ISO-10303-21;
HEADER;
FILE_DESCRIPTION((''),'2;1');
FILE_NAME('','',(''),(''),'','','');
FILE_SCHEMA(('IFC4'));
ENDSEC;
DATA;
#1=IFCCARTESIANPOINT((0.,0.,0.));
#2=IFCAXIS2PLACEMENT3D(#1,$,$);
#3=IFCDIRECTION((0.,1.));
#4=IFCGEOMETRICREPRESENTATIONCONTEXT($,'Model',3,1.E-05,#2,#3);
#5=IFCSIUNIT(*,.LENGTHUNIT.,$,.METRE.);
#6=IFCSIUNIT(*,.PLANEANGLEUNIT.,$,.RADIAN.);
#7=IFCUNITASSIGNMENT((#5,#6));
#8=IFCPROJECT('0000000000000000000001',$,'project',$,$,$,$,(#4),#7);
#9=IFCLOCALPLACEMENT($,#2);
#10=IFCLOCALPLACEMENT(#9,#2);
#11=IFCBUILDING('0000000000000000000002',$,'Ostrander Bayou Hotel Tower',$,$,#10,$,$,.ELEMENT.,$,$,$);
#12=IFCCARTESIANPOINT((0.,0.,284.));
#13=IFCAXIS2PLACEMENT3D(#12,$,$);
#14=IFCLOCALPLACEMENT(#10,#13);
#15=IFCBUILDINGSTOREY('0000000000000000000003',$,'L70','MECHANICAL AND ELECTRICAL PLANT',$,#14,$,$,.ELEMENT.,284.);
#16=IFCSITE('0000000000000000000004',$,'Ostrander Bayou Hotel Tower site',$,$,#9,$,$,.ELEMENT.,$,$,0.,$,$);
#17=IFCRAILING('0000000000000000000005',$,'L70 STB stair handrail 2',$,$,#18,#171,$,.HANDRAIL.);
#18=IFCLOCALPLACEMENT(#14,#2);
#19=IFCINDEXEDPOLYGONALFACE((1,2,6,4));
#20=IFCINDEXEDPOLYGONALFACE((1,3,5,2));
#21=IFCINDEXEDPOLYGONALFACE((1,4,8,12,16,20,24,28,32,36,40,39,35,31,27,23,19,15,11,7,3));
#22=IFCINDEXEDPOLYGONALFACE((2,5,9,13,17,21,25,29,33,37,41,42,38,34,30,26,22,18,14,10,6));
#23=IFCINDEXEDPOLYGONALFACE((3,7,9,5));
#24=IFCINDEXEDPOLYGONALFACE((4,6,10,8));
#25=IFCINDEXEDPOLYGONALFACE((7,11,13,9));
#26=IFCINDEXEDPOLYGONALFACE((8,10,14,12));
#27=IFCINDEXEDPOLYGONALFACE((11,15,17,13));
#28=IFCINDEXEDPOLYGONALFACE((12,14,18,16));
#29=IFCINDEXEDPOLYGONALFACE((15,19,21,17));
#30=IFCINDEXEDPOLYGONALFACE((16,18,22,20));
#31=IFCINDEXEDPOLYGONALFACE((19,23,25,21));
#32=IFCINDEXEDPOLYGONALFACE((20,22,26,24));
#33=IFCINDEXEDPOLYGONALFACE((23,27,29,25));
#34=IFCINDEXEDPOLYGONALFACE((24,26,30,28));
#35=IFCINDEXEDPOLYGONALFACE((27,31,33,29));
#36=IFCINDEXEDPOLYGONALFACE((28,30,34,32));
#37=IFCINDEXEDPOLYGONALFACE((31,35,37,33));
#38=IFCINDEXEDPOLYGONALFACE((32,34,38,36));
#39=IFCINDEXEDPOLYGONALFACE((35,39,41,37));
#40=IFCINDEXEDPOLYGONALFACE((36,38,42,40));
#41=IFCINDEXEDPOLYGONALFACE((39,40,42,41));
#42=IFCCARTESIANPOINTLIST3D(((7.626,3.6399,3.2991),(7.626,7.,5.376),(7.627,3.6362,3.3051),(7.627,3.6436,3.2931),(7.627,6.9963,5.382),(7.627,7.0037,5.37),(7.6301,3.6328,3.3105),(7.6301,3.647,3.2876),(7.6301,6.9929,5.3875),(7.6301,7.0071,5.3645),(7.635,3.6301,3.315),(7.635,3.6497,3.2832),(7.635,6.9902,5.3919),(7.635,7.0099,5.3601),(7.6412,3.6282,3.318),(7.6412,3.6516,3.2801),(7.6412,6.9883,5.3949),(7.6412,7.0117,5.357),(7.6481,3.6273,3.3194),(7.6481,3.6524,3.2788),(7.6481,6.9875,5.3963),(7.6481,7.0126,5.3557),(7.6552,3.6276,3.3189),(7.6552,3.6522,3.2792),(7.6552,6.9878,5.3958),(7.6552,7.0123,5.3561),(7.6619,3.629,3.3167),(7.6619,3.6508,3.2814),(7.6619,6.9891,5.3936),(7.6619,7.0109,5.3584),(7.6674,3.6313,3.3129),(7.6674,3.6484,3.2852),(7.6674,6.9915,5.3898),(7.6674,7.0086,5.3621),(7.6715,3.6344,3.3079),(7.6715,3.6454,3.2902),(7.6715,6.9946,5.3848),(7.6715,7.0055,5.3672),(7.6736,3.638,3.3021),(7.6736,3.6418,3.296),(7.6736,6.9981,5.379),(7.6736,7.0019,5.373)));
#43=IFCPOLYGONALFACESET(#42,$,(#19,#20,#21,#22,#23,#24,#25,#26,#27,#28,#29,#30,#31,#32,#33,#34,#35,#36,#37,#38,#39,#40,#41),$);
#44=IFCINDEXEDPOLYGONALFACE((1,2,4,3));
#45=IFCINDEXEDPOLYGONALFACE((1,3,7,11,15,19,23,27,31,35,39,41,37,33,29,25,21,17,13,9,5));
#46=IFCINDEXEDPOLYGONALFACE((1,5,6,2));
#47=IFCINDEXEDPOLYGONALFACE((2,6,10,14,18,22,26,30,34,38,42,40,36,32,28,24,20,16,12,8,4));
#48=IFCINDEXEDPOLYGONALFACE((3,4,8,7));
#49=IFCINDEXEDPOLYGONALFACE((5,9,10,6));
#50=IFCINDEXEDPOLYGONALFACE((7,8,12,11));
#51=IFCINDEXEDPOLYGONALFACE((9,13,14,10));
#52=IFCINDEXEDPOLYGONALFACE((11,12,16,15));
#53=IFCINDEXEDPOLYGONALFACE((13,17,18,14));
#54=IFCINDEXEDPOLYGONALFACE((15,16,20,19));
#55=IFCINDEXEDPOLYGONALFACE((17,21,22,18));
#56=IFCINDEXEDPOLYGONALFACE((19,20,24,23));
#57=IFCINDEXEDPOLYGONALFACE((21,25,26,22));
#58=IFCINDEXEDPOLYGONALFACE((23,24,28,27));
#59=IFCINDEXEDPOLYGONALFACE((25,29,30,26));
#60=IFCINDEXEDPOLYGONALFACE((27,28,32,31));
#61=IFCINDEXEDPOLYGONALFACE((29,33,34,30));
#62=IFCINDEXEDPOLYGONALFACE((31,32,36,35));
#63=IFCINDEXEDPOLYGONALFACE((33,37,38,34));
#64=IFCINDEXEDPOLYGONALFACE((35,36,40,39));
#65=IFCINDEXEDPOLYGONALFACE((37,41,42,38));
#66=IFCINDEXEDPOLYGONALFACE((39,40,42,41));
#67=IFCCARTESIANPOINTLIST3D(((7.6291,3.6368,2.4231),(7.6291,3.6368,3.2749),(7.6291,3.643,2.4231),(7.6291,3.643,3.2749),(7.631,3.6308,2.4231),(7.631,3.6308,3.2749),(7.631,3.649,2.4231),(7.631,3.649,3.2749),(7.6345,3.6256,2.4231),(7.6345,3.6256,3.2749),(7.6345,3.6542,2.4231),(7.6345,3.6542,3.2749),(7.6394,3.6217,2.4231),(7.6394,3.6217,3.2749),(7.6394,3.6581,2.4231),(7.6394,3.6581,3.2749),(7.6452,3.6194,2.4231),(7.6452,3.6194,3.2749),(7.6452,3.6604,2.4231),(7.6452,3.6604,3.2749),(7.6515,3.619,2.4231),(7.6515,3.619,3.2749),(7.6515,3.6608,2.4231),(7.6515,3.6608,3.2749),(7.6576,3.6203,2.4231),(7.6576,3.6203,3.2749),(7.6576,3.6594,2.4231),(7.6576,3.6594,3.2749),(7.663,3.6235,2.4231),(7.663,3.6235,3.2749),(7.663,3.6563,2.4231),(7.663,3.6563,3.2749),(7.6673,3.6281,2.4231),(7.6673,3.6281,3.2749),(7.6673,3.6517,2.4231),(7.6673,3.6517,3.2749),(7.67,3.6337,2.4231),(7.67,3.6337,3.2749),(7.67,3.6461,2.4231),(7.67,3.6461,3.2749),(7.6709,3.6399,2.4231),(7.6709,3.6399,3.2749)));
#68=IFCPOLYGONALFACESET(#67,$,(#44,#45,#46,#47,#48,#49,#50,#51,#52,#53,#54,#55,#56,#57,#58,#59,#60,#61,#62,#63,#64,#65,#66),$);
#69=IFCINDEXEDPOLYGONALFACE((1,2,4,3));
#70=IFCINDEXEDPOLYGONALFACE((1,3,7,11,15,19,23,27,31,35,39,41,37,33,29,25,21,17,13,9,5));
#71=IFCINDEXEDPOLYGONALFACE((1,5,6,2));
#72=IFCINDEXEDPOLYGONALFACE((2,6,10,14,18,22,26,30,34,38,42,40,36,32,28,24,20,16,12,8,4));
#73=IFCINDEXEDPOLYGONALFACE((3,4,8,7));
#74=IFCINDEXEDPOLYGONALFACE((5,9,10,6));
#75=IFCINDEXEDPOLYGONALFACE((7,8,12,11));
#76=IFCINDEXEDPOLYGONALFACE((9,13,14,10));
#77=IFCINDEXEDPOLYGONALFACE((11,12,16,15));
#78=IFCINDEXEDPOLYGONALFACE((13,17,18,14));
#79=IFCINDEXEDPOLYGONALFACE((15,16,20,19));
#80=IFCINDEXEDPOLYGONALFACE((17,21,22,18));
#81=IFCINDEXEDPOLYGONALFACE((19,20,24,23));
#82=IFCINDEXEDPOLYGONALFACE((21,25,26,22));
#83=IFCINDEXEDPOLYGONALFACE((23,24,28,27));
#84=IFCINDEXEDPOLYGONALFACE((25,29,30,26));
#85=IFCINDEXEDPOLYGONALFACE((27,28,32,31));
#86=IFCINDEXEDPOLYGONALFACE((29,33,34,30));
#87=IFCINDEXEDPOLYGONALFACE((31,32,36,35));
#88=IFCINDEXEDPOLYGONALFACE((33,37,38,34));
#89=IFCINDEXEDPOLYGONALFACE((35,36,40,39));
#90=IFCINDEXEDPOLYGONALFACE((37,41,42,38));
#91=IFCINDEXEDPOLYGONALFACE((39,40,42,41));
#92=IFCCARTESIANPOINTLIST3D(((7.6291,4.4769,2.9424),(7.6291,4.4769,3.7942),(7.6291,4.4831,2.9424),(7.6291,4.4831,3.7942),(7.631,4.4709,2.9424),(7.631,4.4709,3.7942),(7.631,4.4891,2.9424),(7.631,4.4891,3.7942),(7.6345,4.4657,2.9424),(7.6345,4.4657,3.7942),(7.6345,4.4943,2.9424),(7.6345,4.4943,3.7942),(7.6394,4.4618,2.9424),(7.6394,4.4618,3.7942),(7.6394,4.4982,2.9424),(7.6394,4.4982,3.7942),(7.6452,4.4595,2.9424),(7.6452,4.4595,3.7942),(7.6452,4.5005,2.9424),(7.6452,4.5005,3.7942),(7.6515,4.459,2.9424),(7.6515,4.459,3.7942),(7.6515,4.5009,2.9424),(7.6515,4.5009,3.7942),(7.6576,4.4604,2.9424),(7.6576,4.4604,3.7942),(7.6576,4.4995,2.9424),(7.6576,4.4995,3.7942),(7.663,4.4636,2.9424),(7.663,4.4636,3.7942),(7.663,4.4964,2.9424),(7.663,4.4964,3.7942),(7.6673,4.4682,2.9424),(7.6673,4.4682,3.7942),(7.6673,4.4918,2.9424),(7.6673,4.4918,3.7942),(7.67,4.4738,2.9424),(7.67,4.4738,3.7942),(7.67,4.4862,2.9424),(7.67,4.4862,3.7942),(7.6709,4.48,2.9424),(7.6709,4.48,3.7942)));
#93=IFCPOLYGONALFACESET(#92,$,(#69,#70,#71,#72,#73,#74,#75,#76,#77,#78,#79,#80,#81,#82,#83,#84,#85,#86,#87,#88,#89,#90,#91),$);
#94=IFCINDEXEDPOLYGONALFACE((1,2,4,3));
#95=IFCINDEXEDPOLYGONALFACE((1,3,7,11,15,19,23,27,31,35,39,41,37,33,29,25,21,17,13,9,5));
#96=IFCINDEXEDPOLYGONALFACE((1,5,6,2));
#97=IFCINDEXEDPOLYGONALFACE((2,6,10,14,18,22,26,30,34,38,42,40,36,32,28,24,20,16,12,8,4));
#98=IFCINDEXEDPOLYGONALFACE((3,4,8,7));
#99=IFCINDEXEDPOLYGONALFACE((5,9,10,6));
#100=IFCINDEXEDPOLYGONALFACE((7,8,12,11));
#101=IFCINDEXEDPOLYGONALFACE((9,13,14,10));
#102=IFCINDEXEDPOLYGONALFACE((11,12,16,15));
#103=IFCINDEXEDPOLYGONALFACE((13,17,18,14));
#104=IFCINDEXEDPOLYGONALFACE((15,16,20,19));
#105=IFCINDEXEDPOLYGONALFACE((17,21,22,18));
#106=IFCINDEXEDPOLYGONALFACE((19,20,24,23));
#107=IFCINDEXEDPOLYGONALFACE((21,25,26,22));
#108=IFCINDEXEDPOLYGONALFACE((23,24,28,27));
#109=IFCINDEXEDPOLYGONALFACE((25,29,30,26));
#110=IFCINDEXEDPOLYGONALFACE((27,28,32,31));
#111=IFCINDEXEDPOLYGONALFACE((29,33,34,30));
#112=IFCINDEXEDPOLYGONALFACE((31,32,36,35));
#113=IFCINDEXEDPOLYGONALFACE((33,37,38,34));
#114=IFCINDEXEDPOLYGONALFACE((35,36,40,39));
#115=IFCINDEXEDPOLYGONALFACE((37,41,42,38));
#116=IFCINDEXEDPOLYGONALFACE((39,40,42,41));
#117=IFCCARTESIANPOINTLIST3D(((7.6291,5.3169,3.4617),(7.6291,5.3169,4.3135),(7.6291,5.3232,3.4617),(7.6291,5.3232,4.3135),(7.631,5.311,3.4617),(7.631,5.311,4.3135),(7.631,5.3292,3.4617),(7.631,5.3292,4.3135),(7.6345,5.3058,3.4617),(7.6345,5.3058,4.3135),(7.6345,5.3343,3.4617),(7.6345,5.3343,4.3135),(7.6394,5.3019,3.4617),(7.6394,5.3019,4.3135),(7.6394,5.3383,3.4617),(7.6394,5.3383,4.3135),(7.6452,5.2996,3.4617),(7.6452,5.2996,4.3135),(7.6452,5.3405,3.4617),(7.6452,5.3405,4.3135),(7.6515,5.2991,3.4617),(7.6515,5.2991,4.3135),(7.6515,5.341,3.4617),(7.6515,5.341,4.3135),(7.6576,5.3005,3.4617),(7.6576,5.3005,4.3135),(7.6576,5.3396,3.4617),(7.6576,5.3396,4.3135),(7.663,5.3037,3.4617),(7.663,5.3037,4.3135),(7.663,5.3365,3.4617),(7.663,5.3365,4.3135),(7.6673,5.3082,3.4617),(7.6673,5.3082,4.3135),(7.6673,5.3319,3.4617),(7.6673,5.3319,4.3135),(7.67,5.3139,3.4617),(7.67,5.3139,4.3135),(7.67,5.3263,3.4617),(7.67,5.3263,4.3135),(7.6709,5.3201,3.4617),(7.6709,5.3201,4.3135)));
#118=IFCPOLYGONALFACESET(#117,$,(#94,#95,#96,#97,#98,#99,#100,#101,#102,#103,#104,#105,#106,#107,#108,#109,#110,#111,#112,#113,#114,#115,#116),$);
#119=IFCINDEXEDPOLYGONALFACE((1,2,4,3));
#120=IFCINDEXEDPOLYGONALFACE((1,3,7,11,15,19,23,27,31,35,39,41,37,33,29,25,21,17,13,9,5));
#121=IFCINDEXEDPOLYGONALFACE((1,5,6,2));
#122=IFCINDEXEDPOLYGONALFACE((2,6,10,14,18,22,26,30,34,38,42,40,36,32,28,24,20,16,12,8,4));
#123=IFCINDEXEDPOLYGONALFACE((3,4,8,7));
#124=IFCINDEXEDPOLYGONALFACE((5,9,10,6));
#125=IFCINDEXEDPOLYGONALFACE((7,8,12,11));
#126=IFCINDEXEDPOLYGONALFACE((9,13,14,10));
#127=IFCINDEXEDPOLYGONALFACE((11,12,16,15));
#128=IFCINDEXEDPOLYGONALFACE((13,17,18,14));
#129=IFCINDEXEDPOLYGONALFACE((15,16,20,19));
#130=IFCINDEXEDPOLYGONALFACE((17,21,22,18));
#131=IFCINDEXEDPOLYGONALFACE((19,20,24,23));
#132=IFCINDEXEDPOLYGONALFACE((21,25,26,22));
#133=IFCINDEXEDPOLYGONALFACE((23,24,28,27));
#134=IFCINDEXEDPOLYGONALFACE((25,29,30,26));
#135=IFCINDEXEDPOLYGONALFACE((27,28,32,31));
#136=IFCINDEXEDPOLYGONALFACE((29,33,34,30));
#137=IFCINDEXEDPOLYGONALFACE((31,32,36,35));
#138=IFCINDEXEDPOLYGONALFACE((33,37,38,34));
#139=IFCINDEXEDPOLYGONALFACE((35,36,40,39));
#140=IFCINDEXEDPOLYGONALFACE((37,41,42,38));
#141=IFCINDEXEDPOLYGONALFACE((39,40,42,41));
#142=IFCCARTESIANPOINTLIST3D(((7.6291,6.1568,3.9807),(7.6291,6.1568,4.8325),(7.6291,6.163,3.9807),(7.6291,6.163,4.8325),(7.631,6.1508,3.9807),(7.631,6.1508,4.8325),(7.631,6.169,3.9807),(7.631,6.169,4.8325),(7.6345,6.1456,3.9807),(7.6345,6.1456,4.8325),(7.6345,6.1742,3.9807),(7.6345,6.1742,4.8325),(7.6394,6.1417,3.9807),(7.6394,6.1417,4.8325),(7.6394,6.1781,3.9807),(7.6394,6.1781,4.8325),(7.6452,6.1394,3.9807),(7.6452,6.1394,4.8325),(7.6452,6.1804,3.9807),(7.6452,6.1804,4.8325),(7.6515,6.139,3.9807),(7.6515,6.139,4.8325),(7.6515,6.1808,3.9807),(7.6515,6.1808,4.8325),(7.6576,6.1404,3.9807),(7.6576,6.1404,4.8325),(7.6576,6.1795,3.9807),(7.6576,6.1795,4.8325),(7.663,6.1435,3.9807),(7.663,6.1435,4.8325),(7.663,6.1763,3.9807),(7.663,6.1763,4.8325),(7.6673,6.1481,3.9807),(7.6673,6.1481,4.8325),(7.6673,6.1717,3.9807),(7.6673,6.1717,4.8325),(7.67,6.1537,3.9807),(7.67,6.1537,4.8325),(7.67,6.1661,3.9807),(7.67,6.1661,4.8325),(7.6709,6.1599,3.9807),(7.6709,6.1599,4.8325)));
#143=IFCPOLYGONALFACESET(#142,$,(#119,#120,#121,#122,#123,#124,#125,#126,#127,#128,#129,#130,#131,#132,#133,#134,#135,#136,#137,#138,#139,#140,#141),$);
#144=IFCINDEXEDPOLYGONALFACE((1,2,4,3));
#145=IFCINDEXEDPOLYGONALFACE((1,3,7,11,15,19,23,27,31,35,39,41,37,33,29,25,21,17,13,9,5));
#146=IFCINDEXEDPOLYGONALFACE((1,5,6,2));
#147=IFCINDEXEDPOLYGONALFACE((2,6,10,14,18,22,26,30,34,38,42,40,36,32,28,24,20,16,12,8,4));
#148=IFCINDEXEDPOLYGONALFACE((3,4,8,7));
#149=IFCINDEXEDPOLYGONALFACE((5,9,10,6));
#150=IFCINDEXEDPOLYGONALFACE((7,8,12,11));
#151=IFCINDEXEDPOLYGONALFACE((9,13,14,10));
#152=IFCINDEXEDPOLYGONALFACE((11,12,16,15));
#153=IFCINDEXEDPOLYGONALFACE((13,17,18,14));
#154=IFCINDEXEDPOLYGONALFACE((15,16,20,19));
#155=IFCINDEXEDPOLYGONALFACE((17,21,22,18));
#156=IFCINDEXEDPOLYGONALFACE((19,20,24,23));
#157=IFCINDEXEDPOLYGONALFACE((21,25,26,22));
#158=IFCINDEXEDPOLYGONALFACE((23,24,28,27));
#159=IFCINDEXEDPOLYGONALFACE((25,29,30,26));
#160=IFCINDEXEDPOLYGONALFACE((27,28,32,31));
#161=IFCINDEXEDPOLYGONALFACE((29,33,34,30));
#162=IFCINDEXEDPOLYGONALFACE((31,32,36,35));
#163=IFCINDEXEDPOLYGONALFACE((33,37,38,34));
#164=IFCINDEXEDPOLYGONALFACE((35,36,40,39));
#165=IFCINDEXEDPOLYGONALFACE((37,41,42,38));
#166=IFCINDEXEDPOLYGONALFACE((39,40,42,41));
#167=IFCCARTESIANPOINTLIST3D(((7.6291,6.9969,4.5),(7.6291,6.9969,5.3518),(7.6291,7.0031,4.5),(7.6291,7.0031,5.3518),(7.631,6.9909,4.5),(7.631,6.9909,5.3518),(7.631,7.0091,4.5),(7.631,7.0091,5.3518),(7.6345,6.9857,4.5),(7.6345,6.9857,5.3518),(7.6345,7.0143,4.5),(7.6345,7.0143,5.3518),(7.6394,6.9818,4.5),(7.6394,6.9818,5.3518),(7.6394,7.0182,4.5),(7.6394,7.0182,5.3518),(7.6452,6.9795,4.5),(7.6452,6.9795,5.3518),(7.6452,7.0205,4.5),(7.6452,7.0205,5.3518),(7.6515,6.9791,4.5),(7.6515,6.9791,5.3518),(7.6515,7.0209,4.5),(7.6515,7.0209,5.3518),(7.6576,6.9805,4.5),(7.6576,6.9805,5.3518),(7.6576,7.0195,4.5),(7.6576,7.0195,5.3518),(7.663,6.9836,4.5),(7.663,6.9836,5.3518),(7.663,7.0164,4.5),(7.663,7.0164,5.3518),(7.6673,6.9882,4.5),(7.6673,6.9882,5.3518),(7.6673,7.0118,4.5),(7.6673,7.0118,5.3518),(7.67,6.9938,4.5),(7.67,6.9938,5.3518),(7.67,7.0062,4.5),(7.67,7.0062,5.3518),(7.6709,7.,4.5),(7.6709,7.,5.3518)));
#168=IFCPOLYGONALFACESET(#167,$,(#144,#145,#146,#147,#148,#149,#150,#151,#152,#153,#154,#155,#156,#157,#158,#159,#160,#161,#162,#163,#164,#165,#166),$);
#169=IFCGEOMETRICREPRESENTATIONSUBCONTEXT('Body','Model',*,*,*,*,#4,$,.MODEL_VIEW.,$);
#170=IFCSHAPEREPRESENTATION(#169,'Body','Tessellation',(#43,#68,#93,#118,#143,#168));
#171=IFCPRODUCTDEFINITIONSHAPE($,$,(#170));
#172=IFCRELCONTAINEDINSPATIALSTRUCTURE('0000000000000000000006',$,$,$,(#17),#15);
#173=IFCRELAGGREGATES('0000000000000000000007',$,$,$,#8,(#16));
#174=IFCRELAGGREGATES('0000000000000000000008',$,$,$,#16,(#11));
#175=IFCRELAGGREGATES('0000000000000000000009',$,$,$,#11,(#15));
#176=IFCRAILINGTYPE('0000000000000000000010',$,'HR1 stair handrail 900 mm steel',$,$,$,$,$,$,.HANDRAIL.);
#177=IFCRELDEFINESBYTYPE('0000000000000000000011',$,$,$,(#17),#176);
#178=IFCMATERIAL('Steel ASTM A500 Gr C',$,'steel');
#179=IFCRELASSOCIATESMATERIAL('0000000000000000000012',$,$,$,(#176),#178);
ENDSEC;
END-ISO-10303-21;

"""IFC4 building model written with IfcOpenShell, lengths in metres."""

from ifc_helpers import new_model, si_unit, direction, frame, origin, origin_2d, place, context, subcontext, project, spatial, circle, extrude, material, type_object, element, save


model = new_model("IFC4")

# Units and contexts
model_context = context("Model", 3, precision=1e-05, world=origin(), true_north=direction((0.0, 1.0)))
body_context = subcontext(model_context, "Body", "Model", "MODEL_VIEW")
ifc_project = project(units=[si_unit("LENGTHUNIT", "METRE"), si_unit("PLANEANGLEUNIT", "RADIAN")], contexts=[model_context])

# Site, building, storey
site_placement = place(None, origin())
site = spatial("IfcSite", under=ifc_project, at=site_placement, Name="Ostrander Bayou Hotel Tower site", CompositionType="ELEMENT", RefElevation=0.0)
building_placement = place(site_placement, origin())
building = spatial("IfcBuilding", under=site, at=building_placement, Name="Ostrander Bayou Hotel Tower", CompositionType="ELEMENT")
storey_placement = place(building_placement, frame((0.0, 0.0, 284.0)))
storey = spatial("IfcBuildingStorey", under=building, at=storey_placement, Name="L70", Description="MECHANICAL AND ELECTRICAL PLANT", CompositionType="ELEMENT", Elevation=284.0)

# Railing
ifc_material_1 = material(Name="Steel ASTM A500 Gr C", Category="steel")
railing_type_1 = type_object("IfcRailingType", Name="HR1 stair handrail 900 mm steel", PredefinedType="HANDRAIL", material=ifc_material_1)
railing_1_placement = place(storey_placement, frame((7.6499, 3.6399, 2.4231)))
element("IfcRailing", 1, at=railing_1_placement, inside=storey, type_object=railing_type_1, Name="L70 STB stair handrail 2", PredefinedType="HANDRAIL", context=body_context, shape_type="SweptSolid", body=[
    extrude(circle(Radius=0.0239, at=origin_2d()), frame((0.0, 0.0, 0.876), z_axis=(0.0, 0.850623, 0.525776), x_axis=(-1.0, 0.0, 0.0)), (0.0, 0.0, 1.0), 3.9502),
    extrude(circle(Radius=0.021, at=origin_2d()), origin(), (0.0, 0.0, 1.0), 0.8518),
    extrude(circle(Radius=0.021, at=origin_2d()), frame((0.0, 0.8401, 0.5193)), (0.0, 0.0, 1.0), 0.8518),
    extrude(circle(Radius=0.021, at=origin_2d()), frame((0.0, 1.6802, 1.0386)), (0.0, 0.0, 1.0), 0.8518),
    extrude(circle(Radius=0.021, at=origin_2d()), frame((0.0, 2.52, 1.5576)), (0.0, 0.0, 1.0), 0.8518),
    extrude(circle(Radius=0.021, at=origin_2d()), frame((0.0, 3.3601, 2.0769)), (0.0, 0.0, 1.0), 0.8518),
])

save(model, "model.ifc")
